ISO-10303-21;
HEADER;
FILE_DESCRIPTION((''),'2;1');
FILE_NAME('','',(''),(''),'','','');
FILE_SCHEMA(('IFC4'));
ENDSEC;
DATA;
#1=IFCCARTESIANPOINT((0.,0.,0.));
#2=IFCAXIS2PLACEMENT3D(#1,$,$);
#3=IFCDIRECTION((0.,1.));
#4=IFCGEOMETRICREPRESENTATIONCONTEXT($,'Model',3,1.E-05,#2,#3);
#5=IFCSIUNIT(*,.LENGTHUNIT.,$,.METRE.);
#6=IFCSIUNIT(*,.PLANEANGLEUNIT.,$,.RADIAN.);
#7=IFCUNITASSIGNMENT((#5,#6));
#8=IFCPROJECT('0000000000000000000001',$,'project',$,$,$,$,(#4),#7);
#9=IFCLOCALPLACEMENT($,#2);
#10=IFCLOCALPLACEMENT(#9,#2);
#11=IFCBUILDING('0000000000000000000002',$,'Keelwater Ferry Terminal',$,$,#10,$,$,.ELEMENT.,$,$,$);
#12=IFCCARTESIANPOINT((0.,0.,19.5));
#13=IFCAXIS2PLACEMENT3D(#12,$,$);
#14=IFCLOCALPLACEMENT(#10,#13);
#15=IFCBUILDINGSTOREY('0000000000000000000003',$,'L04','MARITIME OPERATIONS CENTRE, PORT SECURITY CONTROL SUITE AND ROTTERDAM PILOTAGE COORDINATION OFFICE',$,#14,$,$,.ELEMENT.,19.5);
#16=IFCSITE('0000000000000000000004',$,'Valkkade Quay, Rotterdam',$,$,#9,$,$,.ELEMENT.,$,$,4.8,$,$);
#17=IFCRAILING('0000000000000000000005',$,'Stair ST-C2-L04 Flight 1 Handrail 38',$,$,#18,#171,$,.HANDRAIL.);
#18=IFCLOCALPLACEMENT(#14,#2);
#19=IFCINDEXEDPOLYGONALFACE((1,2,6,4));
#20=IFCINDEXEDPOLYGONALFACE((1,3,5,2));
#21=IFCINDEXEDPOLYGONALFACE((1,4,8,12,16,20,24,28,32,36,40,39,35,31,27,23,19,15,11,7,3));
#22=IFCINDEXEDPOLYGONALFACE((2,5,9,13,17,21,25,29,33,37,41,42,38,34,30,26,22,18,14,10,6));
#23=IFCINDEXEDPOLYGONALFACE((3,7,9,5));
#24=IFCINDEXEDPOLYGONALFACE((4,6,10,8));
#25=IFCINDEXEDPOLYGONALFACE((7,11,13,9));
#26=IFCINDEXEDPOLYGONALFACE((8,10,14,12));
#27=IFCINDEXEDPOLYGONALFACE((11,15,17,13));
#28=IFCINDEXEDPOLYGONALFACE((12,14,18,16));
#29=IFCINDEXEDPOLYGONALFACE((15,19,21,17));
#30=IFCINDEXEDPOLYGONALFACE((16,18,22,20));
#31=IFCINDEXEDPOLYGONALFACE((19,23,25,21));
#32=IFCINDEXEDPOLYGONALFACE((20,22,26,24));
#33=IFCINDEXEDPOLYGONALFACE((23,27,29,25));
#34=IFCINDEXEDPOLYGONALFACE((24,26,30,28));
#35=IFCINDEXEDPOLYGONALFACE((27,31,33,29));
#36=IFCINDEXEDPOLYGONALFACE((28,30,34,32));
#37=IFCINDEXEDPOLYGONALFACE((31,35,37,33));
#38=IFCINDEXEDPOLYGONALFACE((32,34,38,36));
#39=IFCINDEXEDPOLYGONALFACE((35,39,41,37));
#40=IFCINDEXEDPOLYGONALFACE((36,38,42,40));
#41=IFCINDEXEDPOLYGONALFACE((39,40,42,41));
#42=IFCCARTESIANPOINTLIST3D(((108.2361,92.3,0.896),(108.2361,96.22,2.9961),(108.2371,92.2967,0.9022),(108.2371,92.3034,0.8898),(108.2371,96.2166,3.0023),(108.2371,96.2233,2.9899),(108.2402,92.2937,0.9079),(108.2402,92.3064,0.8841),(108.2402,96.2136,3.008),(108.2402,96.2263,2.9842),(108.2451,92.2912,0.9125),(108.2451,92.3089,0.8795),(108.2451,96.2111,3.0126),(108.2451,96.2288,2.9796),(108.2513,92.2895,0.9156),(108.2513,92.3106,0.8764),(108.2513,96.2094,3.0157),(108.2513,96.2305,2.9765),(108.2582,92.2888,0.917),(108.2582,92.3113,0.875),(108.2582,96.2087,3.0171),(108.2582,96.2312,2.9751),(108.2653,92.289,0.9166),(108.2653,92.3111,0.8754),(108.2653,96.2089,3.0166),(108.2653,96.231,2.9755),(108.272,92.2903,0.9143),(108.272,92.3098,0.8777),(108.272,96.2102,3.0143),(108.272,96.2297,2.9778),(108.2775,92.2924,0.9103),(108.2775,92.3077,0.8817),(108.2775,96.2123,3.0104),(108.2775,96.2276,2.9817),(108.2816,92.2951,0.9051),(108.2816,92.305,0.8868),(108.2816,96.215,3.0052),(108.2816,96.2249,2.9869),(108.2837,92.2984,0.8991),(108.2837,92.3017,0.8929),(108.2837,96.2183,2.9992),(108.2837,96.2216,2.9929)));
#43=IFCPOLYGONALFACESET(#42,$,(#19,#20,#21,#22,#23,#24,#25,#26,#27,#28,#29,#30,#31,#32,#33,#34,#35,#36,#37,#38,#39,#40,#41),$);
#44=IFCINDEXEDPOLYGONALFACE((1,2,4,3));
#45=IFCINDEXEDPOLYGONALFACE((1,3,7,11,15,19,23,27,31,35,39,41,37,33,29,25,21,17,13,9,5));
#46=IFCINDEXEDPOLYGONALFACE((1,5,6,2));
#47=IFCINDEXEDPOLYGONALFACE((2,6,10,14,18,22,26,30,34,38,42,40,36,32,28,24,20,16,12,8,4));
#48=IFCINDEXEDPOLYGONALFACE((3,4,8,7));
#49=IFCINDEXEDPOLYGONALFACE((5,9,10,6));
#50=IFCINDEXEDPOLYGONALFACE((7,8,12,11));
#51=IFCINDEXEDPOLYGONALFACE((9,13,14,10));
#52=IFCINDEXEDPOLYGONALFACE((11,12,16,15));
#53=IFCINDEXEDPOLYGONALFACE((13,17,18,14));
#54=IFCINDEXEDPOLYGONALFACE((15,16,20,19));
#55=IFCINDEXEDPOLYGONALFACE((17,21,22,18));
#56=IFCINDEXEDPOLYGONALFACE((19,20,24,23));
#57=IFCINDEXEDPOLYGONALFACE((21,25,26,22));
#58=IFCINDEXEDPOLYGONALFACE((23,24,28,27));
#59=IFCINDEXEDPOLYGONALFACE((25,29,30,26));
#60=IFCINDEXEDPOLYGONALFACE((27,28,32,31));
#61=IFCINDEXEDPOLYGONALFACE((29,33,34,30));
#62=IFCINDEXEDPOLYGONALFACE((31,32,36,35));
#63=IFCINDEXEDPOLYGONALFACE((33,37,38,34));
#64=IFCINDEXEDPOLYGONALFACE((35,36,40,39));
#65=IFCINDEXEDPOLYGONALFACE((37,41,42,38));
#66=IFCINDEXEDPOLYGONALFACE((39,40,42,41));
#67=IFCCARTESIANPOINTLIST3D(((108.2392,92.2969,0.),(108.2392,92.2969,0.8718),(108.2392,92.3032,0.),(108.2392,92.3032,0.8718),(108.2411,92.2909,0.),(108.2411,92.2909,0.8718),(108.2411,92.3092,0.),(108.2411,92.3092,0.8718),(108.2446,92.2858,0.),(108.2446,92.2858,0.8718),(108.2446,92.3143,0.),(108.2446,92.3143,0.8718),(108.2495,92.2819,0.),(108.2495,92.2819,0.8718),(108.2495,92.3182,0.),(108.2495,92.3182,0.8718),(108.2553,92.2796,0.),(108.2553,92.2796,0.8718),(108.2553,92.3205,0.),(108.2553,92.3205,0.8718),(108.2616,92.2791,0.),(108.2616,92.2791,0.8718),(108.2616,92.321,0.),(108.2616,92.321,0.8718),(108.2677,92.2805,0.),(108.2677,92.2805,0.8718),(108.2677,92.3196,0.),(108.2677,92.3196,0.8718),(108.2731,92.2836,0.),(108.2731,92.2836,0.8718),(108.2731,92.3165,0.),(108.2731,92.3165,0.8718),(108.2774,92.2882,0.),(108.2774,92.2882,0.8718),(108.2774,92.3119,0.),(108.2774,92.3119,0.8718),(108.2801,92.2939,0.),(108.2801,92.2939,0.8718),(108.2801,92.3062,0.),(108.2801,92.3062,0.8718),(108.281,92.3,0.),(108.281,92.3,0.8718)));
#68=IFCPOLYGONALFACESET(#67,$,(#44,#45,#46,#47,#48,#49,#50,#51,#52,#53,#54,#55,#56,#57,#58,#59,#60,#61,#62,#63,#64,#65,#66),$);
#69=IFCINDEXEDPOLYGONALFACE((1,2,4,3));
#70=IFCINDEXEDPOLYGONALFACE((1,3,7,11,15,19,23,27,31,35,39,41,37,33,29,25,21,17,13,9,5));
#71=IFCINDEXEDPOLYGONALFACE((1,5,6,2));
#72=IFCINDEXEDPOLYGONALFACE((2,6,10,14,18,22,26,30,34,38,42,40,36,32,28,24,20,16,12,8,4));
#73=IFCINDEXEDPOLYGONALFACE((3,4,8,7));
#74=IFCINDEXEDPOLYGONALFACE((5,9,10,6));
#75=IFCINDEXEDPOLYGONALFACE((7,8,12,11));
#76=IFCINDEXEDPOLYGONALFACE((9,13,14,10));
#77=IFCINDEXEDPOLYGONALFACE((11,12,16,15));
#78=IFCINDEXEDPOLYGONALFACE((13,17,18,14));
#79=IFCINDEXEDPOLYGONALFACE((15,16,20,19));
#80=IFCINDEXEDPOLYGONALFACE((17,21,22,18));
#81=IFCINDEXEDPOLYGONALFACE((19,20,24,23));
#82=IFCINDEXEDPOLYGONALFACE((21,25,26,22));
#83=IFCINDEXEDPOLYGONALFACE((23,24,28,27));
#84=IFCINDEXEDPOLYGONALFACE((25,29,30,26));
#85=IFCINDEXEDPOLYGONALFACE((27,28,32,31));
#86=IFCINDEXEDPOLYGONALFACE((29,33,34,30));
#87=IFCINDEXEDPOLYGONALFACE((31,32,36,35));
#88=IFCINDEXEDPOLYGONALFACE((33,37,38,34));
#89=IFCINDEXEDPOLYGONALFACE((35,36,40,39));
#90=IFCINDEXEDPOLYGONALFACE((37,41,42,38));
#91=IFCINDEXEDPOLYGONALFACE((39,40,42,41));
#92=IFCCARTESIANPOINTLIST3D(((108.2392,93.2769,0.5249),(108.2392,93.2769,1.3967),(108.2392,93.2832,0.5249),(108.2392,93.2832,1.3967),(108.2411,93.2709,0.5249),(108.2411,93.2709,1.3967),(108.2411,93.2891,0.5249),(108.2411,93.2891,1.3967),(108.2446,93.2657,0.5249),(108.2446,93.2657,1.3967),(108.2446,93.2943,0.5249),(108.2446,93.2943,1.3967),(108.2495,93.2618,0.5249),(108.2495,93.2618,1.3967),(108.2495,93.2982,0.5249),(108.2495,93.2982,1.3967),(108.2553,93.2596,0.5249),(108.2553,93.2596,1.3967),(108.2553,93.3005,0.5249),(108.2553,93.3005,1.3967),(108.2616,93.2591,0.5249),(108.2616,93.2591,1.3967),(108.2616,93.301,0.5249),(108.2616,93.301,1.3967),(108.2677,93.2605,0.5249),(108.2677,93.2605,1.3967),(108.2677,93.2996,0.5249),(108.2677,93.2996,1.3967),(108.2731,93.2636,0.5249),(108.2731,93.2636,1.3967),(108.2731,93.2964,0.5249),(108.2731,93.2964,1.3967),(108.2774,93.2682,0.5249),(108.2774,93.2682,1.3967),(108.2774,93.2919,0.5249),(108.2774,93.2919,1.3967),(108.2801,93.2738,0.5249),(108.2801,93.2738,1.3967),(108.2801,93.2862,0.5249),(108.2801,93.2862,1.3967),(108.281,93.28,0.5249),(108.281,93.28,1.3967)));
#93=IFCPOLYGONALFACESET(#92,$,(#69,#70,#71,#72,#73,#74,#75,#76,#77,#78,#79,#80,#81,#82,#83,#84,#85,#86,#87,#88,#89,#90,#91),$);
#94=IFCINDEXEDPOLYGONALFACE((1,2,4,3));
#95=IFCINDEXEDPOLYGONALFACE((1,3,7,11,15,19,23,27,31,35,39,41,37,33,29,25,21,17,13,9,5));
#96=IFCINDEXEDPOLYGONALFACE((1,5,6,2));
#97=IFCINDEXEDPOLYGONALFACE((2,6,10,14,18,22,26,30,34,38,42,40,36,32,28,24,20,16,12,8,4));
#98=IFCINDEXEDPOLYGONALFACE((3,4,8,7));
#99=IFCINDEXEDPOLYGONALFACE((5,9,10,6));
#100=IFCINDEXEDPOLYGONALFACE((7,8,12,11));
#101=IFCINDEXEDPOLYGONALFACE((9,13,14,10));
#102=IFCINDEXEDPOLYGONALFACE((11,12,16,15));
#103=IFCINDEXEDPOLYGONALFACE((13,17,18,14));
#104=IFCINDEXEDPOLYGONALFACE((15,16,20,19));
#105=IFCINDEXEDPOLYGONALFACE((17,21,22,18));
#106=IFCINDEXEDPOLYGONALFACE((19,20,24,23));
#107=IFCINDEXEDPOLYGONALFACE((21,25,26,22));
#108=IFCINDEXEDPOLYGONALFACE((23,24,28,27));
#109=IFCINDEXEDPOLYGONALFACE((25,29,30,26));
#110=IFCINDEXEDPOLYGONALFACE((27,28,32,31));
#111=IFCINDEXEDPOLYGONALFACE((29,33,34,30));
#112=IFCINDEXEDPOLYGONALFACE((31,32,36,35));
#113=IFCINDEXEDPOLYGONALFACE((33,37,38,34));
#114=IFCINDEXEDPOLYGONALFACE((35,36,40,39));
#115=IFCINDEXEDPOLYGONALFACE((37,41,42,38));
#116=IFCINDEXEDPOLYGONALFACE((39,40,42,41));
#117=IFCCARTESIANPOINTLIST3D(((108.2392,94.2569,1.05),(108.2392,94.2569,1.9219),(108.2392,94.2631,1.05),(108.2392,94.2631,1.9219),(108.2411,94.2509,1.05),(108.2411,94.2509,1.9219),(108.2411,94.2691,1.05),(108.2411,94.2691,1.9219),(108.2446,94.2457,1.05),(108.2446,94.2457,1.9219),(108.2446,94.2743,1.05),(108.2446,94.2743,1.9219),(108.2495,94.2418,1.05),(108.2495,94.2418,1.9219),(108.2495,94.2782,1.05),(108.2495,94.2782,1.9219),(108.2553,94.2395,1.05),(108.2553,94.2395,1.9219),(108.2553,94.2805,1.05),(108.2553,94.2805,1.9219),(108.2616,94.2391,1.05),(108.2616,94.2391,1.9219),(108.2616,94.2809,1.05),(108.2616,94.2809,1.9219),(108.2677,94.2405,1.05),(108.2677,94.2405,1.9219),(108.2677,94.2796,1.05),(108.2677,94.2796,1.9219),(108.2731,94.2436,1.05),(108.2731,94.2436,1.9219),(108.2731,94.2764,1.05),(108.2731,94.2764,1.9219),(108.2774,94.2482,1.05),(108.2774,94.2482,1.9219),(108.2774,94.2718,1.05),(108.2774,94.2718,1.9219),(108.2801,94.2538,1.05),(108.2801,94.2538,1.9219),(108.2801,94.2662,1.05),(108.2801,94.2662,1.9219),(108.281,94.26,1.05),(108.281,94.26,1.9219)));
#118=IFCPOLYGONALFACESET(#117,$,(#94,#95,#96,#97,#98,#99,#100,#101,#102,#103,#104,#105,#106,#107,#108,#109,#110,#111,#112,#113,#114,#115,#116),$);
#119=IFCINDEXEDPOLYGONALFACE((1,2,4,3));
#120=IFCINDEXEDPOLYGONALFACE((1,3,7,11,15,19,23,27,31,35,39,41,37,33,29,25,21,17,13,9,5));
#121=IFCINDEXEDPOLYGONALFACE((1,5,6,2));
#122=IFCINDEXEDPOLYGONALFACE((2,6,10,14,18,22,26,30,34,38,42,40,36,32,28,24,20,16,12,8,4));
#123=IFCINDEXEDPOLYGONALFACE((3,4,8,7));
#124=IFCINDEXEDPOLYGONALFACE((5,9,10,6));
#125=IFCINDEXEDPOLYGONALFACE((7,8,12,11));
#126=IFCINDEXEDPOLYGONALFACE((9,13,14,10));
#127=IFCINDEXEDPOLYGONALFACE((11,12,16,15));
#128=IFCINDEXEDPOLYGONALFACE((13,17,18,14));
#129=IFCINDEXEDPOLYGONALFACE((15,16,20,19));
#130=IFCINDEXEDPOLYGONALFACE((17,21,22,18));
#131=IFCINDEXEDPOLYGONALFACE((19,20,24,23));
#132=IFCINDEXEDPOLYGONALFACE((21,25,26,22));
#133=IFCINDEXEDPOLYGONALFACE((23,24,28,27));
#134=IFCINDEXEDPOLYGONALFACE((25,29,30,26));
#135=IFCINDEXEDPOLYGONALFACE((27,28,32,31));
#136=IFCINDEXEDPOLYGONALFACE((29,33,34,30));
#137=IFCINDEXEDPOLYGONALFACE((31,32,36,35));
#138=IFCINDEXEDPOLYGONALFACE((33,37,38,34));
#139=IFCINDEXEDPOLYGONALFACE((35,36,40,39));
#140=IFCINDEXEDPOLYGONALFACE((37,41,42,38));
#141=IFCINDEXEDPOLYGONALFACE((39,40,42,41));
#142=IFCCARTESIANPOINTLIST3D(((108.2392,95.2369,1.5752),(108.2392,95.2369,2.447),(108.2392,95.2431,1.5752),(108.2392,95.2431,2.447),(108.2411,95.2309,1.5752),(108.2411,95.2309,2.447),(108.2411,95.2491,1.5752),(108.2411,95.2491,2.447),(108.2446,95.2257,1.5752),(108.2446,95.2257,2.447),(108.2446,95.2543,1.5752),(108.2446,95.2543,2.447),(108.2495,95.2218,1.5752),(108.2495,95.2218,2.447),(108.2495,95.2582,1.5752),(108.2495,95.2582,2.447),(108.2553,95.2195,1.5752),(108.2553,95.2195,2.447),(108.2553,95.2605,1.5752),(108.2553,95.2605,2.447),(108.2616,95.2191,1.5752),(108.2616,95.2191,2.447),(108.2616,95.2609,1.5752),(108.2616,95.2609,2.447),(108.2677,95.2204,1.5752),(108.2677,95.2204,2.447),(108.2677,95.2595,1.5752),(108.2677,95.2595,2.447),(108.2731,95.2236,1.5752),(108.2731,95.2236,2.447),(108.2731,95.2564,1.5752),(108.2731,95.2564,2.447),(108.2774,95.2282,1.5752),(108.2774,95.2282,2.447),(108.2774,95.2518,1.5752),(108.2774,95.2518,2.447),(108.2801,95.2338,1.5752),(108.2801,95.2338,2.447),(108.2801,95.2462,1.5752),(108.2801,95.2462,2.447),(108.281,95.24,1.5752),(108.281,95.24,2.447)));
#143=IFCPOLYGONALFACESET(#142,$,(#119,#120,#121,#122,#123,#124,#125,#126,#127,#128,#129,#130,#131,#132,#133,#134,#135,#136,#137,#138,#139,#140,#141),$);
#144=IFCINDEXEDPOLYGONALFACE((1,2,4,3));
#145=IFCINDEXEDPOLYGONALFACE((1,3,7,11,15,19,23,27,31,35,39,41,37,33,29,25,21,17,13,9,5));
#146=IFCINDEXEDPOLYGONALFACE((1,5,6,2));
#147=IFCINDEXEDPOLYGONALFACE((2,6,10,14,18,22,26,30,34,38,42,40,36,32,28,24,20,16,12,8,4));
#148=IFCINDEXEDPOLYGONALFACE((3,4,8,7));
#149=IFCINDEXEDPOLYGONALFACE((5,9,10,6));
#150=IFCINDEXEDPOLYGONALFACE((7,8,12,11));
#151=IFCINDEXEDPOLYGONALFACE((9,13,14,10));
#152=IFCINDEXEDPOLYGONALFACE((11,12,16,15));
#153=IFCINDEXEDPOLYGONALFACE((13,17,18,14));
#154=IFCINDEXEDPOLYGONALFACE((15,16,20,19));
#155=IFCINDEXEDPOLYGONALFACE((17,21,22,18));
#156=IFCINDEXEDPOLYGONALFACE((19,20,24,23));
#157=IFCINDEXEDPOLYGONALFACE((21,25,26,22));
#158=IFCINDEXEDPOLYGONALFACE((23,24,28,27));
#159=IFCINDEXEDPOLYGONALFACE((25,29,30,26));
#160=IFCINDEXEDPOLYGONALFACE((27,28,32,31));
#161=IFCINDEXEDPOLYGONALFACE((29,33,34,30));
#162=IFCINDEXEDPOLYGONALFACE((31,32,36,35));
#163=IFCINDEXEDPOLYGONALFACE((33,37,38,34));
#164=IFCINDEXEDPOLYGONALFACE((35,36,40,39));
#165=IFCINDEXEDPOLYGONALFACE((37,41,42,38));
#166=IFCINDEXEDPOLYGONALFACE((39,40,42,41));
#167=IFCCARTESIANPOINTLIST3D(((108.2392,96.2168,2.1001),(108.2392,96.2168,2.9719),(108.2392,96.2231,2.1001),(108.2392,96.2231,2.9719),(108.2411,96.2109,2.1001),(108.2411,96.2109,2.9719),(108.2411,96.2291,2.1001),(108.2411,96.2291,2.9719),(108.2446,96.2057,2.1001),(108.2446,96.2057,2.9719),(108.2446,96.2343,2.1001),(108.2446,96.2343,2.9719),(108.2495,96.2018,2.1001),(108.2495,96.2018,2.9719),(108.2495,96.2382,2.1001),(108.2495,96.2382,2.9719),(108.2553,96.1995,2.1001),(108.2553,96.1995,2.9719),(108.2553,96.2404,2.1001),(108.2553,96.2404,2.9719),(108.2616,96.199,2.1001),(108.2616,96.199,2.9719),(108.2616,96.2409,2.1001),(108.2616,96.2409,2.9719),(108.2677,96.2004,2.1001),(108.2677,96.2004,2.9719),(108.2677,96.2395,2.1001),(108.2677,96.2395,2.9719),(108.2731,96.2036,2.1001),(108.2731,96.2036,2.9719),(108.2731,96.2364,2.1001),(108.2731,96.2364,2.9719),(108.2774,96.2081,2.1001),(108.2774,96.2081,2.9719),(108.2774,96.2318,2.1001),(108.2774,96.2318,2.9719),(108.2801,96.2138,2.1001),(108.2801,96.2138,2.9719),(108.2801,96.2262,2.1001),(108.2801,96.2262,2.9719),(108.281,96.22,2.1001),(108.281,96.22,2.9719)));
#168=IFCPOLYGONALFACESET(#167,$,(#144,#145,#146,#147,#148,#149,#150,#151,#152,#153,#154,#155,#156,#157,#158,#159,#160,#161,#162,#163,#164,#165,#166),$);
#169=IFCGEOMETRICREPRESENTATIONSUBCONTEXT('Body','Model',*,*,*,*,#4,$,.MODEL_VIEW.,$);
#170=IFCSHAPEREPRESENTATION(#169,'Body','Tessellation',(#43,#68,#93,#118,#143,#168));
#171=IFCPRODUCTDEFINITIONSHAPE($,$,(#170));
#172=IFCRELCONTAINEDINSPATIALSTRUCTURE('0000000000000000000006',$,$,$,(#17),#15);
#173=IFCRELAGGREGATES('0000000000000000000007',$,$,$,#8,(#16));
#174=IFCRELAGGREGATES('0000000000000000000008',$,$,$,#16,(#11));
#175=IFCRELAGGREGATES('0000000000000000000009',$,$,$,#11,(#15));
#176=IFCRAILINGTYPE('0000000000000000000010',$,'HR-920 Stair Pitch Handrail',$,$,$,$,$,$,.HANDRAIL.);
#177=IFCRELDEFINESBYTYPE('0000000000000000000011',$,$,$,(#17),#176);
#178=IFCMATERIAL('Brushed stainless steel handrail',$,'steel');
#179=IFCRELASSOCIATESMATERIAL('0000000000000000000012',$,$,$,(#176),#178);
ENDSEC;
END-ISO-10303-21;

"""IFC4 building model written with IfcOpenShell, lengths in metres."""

from ifc_helpers import new_model, si_unit, direction, frame, origin, origin_2d, place, context, subcontext, project, spatial, circle, extrude, material, type_object, element, save


model = new_model("IFC4")

# Units and contexts
model_context = context("Model", 3, precision=1e-05, world=origin(), true_north=direction((0.0, 1.0)))
body_context = subcontext(model_context, "Body", "Model", "MODEL_VIEW")
ifc_project = project(units=[si_unit("LENGTHUNIT", "METRE"), si_unit("PLANEANGLEUNIT", "RADIAN")], contexts=[model_context])

# Site, building, storey
site_placement = place(None, origin())
site = spatial("IfcSite", under=ifc_project, at=site_placement, Name="Valkkade Quay, Rotterdam", CompositionType="ELEMENT", RefElevation=4.8)
building_placement = place(site_placement, origin())
building = spatial("IfcBuilding", under=site, at=building_placement, Name="Keelwater Ferry Terminal", CompositionType="ELEMENT")
storey_placement = place(building_placement, frame((0.0, 0.0, 19.5)))
storey = spatial("IfcBuildingStorey", under=building, at=storey_placement, Name="L04", Description="MARITIME OPERATIONS CENTRE, PORT SECURITY CONTROL SUITE AND ROTTERDAM PILOTAGE COORDINATION OFFICE", CompositionType="ELEMENT", Elevation=19.5)

# Railing
ifc_material_1 = material(Name="Brushed stainless steel handrail", Category="steel")
railing_type_1 = type_object("IfcRailingType", Name="HR-920 Stair Pitch Handrail", PredefinedType="HANDRAIL", material=ifc_material_1)
railing_1_placement = place(storey_placement, frame((108.26, 92.3, 0.0)))
element("IfcRailing", 1, at=railing_1_placement, inside=storey, type_object=railing_type_1, Name="Stair ST-C2-L04 Flight 1 Handrail 38", PredefinedType="HANDRAIL", context=body_context, shape_type="SweptSolid", body=[
    extrude(circle(Radius=0.0239, at=origin_2d()), frame((0.0, 0.0, 0.896), z_axis=(0.0, 0.881467, 0.472246), x_axis=(-1.0, 0.0, 0.0)), (0.0, 0.0, 1.0), 4.447),
    extrude(circle(Radius=0.021, at=origin_2d()), origin(), (0.0, 0.0, 1.0), 0.8718),
    extrude(circle(Radius=0.021, at=origin_2d()), frame((0.0, 0.98, 0.5249)), (0.0, 0.0, 1.0), 0.8718),
    extrude(circle(Radius=0.021, at=origin_2d()), frame((0.0, 1.96, 1.05)), (0.0, 0.0, 1.0), 0.8718),
    extrude(circle(Radius=0.021, at=origin_2d()), frame((0.0, 2.9399, 1.5752)), (0.0, 0.0, 1.0), 0.8718),
    extrude(circle(Radius=0.021, at=origin_2d()), frame((0.0, 3.9199, 2.1001)), (0.0, 0.0, 1.0), 0.8718),
])

save(model, "model.ifc")
